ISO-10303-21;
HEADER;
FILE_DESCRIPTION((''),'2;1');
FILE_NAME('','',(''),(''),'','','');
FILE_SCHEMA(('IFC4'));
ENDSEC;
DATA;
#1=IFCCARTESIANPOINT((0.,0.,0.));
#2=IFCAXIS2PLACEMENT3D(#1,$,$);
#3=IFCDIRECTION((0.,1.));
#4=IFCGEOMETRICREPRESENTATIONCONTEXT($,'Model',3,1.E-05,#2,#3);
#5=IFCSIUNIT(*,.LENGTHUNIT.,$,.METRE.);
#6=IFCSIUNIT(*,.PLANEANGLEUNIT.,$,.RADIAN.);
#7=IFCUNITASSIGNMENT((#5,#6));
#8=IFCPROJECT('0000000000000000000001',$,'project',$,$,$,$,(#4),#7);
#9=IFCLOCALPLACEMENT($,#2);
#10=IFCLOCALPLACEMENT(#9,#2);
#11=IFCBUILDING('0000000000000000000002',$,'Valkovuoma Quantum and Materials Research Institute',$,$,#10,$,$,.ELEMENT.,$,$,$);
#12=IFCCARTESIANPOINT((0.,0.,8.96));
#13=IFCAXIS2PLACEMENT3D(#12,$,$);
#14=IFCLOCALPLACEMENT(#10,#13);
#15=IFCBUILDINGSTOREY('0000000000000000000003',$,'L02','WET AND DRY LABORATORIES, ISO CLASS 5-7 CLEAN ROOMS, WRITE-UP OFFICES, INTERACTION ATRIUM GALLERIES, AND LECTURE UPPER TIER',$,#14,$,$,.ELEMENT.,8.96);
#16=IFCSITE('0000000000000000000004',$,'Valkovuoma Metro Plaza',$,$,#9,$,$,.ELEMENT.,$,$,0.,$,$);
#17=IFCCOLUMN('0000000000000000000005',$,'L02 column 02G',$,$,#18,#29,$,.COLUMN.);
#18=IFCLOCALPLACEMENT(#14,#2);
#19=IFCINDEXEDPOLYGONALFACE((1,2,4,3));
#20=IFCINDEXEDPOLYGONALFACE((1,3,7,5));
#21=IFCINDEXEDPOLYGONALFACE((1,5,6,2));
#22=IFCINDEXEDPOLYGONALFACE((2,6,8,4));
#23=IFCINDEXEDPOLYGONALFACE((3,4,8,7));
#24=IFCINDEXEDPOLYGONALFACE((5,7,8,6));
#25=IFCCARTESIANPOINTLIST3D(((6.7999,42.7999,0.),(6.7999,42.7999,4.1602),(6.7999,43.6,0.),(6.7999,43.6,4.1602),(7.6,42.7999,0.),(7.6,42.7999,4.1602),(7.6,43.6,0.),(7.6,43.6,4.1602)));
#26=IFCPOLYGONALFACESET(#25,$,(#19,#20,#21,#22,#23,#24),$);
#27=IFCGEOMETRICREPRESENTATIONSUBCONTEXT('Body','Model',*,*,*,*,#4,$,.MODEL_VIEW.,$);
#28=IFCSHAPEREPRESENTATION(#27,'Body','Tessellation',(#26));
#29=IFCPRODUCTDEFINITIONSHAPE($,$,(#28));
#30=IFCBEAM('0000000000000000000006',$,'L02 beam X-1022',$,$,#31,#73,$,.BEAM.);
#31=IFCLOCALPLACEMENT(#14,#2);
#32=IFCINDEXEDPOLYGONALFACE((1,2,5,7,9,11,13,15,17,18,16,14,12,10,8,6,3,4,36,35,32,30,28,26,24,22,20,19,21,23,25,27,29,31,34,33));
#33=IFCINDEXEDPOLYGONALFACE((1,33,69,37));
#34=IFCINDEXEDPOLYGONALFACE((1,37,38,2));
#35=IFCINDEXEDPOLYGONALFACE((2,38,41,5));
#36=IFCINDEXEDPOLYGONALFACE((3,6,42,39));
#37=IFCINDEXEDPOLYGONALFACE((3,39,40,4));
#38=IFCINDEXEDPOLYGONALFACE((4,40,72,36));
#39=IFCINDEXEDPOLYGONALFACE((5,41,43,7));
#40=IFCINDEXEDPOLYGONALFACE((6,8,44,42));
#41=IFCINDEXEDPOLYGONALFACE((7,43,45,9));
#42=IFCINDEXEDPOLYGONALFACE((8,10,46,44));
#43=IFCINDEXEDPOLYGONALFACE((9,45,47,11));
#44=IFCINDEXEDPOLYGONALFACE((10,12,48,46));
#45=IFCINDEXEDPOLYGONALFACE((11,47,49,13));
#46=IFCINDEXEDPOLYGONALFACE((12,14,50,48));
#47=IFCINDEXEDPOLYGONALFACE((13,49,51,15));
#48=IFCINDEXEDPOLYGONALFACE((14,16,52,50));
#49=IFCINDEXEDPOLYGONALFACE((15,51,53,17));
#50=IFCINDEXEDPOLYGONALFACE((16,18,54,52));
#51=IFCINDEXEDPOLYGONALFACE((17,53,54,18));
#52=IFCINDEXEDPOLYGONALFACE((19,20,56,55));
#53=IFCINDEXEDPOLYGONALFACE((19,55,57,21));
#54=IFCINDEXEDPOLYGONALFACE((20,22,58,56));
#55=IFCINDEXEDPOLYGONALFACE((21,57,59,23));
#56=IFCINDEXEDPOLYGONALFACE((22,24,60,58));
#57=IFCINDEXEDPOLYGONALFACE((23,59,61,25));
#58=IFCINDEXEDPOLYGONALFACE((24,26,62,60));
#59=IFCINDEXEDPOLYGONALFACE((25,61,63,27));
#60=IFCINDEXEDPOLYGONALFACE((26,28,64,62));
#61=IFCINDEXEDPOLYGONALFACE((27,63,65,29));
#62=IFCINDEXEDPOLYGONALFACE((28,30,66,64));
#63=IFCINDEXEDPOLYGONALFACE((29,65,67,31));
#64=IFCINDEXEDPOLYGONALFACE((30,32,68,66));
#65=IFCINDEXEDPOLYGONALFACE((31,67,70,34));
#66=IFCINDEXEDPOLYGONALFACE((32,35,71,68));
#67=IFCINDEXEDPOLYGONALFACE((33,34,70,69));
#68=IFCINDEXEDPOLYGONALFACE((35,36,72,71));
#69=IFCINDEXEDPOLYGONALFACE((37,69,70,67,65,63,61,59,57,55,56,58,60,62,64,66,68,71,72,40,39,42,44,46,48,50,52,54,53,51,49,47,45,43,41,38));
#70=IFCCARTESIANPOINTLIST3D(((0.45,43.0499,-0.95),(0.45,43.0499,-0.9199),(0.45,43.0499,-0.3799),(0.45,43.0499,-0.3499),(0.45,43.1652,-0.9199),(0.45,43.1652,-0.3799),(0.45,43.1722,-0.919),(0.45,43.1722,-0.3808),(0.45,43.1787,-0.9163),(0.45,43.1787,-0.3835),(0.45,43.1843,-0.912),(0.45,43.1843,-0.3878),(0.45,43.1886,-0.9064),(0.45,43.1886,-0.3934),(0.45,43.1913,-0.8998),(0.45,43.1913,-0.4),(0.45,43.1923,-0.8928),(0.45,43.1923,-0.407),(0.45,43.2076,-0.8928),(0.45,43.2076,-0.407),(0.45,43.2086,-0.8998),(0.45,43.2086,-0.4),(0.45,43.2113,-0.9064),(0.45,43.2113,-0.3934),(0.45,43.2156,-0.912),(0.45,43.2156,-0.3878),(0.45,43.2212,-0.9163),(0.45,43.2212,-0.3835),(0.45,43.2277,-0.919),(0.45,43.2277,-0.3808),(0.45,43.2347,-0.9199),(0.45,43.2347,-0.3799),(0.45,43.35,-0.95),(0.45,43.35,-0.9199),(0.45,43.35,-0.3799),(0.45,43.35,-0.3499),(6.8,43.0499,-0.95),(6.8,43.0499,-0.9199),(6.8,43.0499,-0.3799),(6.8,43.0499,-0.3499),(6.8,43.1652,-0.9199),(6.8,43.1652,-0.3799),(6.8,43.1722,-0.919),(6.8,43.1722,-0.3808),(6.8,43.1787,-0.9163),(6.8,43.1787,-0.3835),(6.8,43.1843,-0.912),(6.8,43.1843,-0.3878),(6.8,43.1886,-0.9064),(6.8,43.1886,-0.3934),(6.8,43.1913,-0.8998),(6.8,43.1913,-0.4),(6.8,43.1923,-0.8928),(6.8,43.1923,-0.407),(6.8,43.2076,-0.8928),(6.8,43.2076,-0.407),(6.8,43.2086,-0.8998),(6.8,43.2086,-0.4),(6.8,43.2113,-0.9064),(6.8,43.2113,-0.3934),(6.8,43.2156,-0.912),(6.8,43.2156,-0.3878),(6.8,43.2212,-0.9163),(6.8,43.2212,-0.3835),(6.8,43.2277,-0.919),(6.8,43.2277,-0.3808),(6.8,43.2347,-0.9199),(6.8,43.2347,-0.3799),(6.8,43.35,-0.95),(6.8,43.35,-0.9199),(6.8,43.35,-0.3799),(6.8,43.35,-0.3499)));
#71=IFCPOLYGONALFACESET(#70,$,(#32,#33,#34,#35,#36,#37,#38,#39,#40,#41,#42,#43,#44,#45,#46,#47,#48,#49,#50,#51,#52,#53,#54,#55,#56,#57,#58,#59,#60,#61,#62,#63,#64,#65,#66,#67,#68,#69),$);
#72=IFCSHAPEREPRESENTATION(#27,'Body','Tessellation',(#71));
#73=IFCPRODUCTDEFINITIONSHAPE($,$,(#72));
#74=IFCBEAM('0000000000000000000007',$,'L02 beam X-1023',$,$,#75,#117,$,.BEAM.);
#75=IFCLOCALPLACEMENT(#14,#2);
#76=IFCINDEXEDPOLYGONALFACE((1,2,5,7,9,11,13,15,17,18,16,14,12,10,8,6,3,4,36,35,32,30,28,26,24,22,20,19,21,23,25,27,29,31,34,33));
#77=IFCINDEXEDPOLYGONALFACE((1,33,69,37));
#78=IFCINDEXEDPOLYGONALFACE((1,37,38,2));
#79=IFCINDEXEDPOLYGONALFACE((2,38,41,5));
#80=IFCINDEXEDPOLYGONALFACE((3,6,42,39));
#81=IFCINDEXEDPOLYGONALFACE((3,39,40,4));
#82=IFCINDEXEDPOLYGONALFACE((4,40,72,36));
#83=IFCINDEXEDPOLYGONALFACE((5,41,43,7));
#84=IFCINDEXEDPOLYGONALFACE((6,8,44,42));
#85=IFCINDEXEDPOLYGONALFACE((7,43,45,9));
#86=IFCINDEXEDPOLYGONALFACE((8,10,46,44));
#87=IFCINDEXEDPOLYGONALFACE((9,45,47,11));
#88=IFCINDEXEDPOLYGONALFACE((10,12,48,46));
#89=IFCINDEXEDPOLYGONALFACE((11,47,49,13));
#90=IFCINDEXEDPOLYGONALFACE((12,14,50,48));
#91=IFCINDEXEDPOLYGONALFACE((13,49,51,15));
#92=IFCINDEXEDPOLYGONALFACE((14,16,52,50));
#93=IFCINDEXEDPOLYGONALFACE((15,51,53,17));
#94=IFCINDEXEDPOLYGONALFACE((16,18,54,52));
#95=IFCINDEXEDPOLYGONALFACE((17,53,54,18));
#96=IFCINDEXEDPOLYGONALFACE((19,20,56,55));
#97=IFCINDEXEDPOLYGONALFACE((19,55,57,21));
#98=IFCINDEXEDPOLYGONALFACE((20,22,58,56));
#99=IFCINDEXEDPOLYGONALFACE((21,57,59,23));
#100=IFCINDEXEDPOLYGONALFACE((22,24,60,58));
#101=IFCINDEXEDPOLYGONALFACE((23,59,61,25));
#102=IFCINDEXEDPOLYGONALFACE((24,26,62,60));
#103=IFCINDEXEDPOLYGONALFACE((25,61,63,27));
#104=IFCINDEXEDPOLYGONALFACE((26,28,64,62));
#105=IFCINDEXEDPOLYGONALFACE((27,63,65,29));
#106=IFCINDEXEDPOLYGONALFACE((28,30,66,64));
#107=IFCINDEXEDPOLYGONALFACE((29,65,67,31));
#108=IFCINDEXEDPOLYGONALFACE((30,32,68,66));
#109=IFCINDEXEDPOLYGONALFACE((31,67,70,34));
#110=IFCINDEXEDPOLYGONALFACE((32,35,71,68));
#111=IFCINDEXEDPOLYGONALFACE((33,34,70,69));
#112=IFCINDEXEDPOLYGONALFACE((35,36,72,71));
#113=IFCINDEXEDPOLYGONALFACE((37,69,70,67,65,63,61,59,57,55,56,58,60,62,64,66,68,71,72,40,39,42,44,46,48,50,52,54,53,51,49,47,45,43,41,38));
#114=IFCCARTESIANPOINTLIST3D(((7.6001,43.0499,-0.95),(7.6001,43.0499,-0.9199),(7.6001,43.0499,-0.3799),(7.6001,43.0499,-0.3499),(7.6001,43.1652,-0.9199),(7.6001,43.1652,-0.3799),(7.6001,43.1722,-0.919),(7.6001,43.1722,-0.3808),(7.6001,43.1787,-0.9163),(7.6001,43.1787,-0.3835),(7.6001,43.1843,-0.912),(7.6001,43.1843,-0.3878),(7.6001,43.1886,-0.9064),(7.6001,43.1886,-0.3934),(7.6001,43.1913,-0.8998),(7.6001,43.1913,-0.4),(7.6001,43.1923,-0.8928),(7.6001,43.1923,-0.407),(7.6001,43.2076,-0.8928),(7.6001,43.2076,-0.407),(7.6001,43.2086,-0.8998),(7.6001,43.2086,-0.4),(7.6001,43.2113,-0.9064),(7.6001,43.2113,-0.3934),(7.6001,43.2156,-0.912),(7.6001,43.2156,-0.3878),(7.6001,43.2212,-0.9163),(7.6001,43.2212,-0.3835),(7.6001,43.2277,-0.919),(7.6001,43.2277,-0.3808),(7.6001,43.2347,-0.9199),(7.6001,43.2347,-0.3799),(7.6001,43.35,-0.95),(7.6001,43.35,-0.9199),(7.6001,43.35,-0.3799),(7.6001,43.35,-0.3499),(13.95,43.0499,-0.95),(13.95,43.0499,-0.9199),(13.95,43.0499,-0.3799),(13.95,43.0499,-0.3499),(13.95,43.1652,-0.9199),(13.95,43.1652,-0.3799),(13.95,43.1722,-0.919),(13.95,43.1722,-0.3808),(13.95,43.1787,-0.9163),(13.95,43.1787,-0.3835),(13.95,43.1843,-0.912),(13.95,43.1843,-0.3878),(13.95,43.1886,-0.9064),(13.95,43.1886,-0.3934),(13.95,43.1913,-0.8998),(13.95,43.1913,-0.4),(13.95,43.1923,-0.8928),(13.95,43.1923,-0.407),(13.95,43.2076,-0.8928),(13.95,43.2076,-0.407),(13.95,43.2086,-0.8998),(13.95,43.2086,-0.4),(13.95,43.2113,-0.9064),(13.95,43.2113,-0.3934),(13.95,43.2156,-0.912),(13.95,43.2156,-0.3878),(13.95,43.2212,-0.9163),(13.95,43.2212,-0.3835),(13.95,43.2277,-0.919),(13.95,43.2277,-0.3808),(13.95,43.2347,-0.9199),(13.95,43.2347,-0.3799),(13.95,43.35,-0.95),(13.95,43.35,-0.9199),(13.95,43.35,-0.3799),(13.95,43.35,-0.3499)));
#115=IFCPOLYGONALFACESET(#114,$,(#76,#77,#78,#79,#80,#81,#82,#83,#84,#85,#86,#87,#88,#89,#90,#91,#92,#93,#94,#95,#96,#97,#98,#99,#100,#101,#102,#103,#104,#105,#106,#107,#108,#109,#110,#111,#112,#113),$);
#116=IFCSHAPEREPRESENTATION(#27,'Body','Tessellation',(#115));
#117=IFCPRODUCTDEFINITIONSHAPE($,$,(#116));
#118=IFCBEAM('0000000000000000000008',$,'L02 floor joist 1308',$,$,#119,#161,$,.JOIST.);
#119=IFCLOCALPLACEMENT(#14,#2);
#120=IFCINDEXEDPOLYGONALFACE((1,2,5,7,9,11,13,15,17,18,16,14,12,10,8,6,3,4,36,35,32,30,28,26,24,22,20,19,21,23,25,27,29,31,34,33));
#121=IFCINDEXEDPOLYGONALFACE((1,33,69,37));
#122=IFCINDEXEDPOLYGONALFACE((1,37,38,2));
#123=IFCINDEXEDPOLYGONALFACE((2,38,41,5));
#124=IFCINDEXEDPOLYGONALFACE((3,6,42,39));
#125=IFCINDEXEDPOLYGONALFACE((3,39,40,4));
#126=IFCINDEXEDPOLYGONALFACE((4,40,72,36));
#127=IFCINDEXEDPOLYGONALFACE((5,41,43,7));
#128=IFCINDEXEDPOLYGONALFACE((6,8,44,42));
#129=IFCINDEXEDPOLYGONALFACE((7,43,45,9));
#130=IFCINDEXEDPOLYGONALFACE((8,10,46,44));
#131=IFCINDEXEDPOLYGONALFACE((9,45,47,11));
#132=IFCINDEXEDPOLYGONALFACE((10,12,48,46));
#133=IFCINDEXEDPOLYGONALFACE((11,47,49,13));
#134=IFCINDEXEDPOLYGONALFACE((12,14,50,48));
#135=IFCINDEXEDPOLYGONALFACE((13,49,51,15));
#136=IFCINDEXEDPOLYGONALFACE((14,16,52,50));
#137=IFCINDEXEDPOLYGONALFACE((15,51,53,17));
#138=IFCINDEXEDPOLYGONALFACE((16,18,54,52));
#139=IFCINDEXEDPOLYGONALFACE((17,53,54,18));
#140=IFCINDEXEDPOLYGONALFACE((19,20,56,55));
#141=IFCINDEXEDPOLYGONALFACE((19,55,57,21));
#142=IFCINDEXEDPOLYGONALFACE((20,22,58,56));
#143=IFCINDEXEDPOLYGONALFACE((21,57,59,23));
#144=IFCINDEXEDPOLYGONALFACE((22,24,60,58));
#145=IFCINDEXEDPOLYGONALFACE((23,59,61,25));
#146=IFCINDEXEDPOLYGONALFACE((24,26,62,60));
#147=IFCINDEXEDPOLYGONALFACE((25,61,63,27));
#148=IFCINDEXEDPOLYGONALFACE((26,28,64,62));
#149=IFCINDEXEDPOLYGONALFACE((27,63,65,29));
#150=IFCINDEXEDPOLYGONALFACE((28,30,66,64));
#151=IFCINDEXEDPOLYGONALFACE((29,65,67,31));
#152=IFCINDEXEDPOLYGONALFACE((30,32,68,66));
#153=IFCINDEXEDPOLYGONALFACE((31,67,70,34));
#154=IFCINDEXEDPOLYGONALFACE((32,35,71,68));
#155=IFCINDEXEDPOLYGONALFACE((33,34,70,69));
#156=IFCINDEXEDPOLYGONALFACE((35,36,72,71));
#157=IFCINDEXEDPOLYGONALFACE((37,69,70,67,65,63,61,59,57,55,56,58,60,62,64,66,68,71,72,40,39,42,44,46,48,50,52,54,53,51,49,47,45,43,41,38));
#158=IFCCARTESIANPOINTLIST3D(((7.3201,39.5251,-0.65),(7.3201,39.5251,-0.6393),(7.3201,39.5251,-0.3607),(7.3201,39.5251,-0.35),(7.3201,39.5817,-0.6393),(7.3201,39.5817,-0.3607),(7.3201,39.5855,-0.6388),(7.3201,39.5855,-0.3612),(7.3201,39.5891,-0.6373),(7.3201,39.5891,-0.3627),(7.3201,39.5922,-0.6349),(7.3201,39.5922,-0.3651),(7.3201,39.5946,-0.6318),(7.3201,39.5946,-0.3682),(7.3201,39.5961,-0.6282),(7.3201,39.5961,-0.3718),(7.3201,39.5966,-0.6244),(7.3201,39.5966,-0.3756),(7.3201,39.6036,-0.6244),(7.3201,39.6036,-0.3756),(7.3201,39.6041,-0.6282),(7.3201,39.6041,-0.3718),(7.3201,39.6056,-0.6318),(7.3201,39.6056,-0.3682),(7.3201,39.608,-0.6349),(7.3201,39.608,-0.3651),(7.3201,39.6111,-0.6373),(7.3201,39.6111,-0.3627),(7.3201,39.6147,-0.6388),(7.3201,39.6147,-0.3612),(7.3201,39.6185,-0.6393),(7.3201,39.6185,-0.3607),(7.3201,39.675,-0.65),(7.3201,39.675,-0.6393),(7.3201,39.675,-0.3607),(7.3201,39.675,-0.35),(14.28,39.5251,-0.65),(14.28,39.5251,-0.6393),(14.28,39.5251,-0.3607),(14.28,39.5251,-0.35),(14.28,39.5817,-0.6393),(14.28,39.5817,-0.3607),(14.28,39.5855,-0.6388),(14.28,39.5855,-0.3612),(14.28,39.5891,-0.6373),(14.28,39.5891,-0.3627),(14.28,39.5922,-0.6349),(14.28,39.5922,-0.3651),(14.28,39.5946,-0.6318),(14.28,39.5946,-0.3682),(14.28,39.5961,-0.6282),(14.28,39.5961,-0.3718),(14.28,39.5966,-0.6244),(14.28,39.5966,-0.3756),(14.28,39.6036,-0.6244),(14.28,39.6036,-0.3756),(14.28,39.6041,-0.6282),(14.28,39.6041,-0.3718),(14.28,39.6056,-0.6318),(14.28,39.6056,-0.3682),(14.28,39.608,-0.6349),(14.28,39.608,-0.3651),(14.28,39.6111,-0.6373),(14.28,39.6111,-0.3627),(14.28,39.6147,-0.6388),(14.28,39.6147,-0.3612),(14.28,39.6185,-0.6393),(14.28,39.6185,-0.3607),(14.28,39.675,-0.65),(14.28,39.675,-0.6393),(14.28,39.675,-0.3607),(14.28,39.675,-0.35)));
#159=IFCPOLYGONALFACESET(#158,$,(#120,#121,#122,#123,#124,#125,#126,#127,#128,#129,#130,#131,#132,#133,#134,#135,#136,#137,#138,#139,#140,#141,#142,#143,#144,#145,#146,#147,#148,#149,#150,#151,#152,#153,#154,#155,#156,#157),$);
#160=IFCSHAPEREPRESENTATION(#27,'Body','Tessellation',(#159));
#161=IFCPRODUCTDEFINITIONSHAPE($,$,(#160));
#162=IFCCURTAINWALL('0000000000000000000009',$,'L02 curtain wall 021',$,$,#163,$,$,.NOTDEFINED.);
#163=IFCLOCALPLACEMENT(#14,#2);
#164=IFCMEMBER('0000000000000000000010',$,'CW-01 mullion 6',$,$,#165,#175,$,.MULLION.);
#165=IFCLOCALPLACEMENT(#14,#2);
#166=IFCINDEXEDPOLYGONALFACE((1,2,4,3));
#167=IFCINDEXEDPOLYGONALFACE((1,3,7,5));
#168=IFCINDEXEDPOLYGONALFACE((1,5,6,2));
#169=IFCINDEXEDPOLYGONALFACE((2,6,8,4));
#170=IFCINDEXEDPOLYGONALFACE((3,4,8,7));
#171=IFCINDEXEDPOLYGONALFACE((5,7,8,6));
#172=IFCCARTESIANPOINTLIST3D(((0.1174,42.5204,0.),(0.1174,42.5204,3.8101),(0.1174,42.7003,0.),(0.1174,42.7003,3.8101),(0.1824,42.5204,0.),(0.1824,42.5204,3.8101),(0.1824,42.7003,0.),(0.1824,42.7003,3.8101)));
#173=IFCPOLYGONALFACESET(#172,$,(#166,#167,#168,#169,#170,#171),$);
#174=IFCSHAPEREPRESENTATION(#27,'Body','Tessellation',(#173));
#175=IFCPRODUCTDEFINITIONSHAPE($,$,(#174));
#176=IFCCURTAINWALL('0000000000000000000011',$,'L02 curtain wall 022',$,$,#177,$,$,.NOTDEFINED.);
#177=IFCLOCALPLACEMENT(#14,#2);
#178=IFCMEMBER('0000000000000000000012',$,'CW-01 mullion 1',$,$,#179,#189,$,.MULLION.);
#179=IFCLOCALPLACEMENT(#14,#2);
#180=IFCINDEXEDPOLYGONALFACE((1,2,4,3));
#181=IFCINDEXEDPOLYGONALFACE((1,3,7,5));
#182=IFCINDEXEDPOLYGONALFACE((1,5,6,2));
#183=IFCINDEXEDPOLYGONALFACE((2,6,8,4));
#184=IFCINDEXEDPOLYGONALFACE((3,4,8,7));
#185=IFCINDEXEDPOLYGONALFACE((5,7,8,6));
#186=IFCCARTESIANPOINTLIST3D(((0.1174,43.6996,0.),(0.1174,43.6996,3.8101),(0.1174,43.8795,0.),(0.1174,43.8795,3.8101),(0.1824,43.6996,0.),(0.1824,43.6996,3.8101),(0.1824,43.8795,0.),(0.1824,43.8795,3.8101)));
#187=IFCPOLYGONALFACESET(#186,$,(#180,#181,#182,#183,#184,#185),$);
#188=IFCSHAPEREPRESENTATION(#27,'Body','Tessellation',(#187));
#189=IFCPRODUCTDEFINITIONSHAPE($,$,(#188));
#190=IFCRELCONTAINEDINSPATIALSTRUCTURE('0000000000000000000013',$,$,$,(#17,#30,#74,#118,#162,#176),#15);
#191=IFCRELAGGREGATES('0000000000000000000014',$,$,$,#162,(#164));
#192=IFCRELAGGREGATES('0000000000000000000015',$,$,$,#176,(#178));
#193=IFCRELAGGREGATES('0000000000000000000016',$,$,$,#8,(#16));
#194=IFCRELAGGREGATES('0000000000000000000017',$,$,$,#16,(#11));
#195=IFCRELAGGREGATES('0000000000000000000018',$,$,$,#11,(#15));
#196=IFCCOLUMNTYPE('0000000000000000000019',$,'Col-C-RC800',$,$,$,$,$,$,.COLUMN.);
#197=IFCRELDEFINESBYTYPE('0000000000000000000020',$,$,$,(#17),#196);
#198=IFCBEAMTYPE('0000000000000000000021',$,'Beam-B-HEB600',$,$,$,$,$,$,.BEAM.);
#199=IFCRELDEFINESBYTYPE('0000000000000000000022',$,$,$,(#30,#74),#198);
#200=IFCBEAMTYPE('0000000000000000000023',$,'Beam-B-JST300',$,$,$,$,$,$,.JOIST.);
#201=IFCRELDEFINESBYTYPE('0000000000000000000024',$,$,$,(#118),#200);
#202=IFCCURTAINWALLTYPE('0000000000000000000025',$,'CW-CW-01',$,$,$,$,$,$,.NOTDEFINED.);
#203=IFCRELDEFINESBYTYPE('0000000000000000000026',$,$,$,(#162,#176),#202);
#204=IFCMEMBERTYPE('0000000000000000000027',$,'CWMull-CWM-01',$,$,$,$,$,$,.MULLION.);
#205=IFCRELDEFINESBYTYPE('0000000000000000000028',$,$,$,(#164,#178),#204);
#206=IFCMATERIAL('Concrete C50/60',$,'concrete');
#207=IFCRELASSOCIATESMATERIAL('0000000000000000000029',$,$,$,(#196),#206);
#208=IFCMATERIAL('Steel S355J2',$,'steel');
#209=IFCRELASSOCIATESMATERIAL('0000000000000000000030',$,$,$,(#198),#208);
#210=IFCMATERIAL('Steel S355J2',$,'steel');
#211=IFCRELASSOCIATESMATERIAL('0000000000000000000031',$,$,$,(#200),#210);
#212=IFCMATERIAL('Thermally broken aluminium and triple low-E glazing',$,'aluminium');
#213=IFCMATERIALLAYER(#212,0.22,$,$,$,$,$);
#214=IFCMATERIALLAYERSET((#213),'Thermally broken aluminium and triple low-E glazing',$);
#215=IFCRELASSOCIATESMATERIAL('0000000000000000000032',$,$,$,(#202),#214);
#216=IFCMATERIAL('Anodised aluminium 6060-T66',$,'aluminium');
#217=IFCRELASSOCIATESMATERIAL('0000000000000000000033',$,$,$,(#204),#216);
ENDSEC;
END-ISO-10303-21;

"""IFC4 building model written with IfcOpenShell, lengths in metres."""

from ifc_helpers import new_model, si_unit, direction, frame, origin, origin_2d, place, context, subcontext, project, spatial, rectangle, i_section, extrude, material, layer, layer_set, material_profile, profile_set, type_object, element, aggregate, save


model = new_model("IFC4")

# Units and contexts
model_context = context("Model", 3, precision=1e-05, world=origin(), true_north=direction((0.0, 1.0)))
body_context = subcontext(model_context, "Body", "Model", "MODEL_VIEW")
ifc_project = project(units=[si_unit("LENGTHUNIT", "METRE"), si_unit("PLANEANGLEUNIT", "RADIAN")], contexts=[model_context])

# Site, building, storey
site_placement = place(None, origin())
site = spatial("IfcSite", under=ifc_project, at=site_placement, Name="Valkovuoma Metro Plaza", CompositionType="ELEMENT", RefElevation=0.0)
building_placement = place(site_placement, origin())
building = spatial("IfcBuilding", under=site, at=building_placement, Name="Valkovuoma Quantum and Materials Research Institute", CompositionType="ELEMENT")
storey_placement = place(building_placement, frame((0.0, 0.0, 8.96)))
storey = spatial("IfcBuildingStorey", under=building, at=storey_placement, Name="L02", Description="WET AND DRY LABORATORIES, ISO CLASS 5-7 CLEAN ROOMS, WRITE-UP OFFICES, INTERACTION ATRIUM GALLERIES, AND LECTURE UPPER TIER", CompositionType="ELEMENT", Elevation=8.96)

# Column
ifc_material_1 = material(Name="Concrete C50/60", Category="concrete")
ifc_material_profile_1 = material_profile(ifc_material_1, rectangle(XDim=0.8, YDim=0.8, at=origin_2d()), Name="Concrete C50/60")
ifc_profile_set_1 = profile_set([ifc_material_profile_1], Name="Concrete C50/60")
column_type = type_object("IfcColumnType", Name="Col-C-RC800", PredefinedType="COLUMN", material=ifc_profile_set_1)
column_placement = place(storey_placement, frame((7.2, 43.2, 0.0), z_axis=(0.0, 0.0, 1.0), x_axis=(1.0, 0.0, 0.0)))
element("IfcColumn", 1, at=column_placement, inside=storey, type_object=column_type, Name="L02 column 02G", PredefinedType="COLUMN", context=body_context, shape_type="SweptSolid", body=[
    extrude(rectangle(XDim=0.8, YDim=0.8, at=origin_2d()), origin(), (0.0, 0.0, 1.0), 4.1602),
])

# Beams
ifc_material_2 = material(Name="Steel S355J2", Category="steel")
ifc_material_profile_2 = material_profile(ifc_material_2, i_section(OverallWidth=0.3, OverallDepth=0.6001, WebThickness=0.0154, FlangeThickness=0.03, FilletRadius=0.0271, at=origin_2d()), Name="Steel S355J2")
ifc_profile_set_2 = profile_set([ifc_material_profile_2], Name="Steel S355J2")
beam_type_1 = type_object("IfcBeamType", Name="Beam-B-HEB600", PredefinedType="BEAM", material=ifc_profile_set_2)
beam_1_placement = place(storey_placement, frame((0.45, 43.2, -0.6499), z_axis=(1.0, 0.0, 0.0), x_axis=(0.0, 1.0, 0.0)))
element("IfcBeam", 2, at=beam_1_placement, inside=storey, type_object=beam_type_1, Name="L02 beam X-1022", PredefinedType="BEAM", context=body_context, shape_type="SweptSolid", body=[
    extrude(i_section(OverallWidth=0.3, OverallDepth=0.6001, WebThickness=0.0154, FlangeThickness=0.03, FilletRadius=0.0271, at=origin_2d()), origin(), (0.0, 0.0, 1.0), 6.3501),
])
beam_2_placement = place(storey_placement, frame((7.6001, 43.2, -0.6499), z_axis=(1.0, 0.0, 0.0), x_axis=(0.0, 1.0, 0.0)))
element("IfcBeam", 3, at=beam_2_placement, inside=storey, type_object=beam_type_1, Name="L02 beam X-1023", PredefinedType="BEAM", context=body_context, shape_type="SweptSolid", body=[
    extrude(i_section(OverallWidth=0.3, OverallDepth=0.6001, WebThickness=0.0154, FlangeThickness=0.03, FilletRadius=0.0271, at=origin_2d()), origin(), (0.0, 0.0, 1.0), 6.3499),
])
ifc_material_3 = material(Name="Steel S355J2", Category="steel")
ifc_material_profile_3 = material_profile(ifc_material_3, i_section(OverallWidth=0.1499, OverallDepth=0.3, WebThickness=0.0071, FlangeThickness=0.0107, FilletRadius=0.0149, at=origin_2d()), Name="Steel S355J2")
ifc_profile_set_3 = profile_set([ifc_material_profile_3], Name="Steel S355J2")
beam_type_2 = type_object("IfcBeamType", Name="Beam-B-JST300", PredefinedType="JOIST", material=ifc_profile_set_3)
beam_3_placement = place(storey_placement, frame((7.3201, 39.6001, -0.5), z_axis=(1.0, 0.0, 0.0), x_axis=(0.0, 1.0, 0.0)))
element("IfcBeam", 4, at=beam_3_placement, inside=storey, type_object=beam_type_2, Name="L02 floor joist 1308", PredefinedType="JOIST", context=body_context, shape_type="SweptSolid", body=[
    extrude(i_section(OverallWidth=0.1499, OverallDepth=0.3, WebThickness=0.0071, FlangeThickness=0.0107, FilletRadius=0.0149, at=origin_2d()), origin(), (0.0, 0.0, 1.0), 6.96),
])

# Curtain wall, member
ifc_material_4 = material(Name="Thermally broken aluminium and triple low-E glazing", Category="aluminium")
ifc_layer_1 = layer(ifc_material_4, 0.22)
ifc_layer_set_1 = layer_set([ifc_layer_1], Name="Thermally broken aluminium and triple low-E glazing")
curtain_wall_type = type_object("IfcCurtainWallType", Name="CW-CW-01", PredefinedType="NOTDEFINED", material=ifc_layer_set_1)
curtain_wall_1_placement = place(storey_placement, origin())
curtain_wall_1 = element("IfcCurtainWall", 5, at=curtain_wall_1_placement, inside=storey, type_object=curtain_wall_type, Name="L02 curtain wall 021", PredefinedType="NOTDEFINED")
ifc_material_5 = material(Name="Anodised aluminium 6060-T66", Category="aluminium")
ifc_material_profile_4 = material_profile(ifc_material_5, rectangle(XDim=0.0649, YDim=0.1799, at=origin_2d()), Name="Anodised aluminium 6060-T66")
ifc_profile_set_4 = profile_set([ifc_material_profile_4], Name="Anodised aluminium 6060-T66")
member_type_1 = type_object("IfcMemberType", Name="CWMull-CWM-01", PredefinedType="MULLION", material=ifc_profile_set_4)
member_1_placement = place(storey_placement, frame((0.1499, 42.6104, 0.0), z_axis=(0.0, 0.0, 1.0), x_axis=(-1.0, 0.0, 0.0)))
member_1 = element("IfcMember", 6, at=member_1_placement, type_object=member_type_1, Name="CW-01 mullion 6", PredefinedType="MULLION", context=body_context, shape_type="SweptSolid", body=[
    extrude(rectangle(XDim=0.0649, YDim=0.1799, at=origin_2d()), origin(), (0.0, 0.0, 1.0), 3.8101),
])

# Curtain wall, member
curtain_wall_2_placement = place(storey_placement, origin())
curtain_wall_2 = element("IfcCurtainWall", 7, at=curtain_wall_2_placement, inside=storey, type_object=curtain_wall_type, Name="L02 curtain wall 022", PredefinedType="NOTDEFINED")
member_2_placement = place(storey_placement, frame((0.1499, 43.7896, 0.0), z_axis=(0.0, 0.0, 1.0), x_axis=(-1.0, 0.0, 0.0)))
member_2 = element("IfcMember", 8, at=member_2_placement, type_object=member_type_1, Name="CW-01 mullion 1", PredefinedType="MULLION", context=body_context, shape_type="SweptSolid", body=[
    extrude(rectangle(XDim=0.0649, YDim=0.1799, at=origin_2d()), origin(), (0.0, 0.0, 1.0), 3.8101),
])

aggregate(curtain_wall_1, [member_1])
aggregate(curtain_wall_2, [member_2])

save(model, "model.ifc")
